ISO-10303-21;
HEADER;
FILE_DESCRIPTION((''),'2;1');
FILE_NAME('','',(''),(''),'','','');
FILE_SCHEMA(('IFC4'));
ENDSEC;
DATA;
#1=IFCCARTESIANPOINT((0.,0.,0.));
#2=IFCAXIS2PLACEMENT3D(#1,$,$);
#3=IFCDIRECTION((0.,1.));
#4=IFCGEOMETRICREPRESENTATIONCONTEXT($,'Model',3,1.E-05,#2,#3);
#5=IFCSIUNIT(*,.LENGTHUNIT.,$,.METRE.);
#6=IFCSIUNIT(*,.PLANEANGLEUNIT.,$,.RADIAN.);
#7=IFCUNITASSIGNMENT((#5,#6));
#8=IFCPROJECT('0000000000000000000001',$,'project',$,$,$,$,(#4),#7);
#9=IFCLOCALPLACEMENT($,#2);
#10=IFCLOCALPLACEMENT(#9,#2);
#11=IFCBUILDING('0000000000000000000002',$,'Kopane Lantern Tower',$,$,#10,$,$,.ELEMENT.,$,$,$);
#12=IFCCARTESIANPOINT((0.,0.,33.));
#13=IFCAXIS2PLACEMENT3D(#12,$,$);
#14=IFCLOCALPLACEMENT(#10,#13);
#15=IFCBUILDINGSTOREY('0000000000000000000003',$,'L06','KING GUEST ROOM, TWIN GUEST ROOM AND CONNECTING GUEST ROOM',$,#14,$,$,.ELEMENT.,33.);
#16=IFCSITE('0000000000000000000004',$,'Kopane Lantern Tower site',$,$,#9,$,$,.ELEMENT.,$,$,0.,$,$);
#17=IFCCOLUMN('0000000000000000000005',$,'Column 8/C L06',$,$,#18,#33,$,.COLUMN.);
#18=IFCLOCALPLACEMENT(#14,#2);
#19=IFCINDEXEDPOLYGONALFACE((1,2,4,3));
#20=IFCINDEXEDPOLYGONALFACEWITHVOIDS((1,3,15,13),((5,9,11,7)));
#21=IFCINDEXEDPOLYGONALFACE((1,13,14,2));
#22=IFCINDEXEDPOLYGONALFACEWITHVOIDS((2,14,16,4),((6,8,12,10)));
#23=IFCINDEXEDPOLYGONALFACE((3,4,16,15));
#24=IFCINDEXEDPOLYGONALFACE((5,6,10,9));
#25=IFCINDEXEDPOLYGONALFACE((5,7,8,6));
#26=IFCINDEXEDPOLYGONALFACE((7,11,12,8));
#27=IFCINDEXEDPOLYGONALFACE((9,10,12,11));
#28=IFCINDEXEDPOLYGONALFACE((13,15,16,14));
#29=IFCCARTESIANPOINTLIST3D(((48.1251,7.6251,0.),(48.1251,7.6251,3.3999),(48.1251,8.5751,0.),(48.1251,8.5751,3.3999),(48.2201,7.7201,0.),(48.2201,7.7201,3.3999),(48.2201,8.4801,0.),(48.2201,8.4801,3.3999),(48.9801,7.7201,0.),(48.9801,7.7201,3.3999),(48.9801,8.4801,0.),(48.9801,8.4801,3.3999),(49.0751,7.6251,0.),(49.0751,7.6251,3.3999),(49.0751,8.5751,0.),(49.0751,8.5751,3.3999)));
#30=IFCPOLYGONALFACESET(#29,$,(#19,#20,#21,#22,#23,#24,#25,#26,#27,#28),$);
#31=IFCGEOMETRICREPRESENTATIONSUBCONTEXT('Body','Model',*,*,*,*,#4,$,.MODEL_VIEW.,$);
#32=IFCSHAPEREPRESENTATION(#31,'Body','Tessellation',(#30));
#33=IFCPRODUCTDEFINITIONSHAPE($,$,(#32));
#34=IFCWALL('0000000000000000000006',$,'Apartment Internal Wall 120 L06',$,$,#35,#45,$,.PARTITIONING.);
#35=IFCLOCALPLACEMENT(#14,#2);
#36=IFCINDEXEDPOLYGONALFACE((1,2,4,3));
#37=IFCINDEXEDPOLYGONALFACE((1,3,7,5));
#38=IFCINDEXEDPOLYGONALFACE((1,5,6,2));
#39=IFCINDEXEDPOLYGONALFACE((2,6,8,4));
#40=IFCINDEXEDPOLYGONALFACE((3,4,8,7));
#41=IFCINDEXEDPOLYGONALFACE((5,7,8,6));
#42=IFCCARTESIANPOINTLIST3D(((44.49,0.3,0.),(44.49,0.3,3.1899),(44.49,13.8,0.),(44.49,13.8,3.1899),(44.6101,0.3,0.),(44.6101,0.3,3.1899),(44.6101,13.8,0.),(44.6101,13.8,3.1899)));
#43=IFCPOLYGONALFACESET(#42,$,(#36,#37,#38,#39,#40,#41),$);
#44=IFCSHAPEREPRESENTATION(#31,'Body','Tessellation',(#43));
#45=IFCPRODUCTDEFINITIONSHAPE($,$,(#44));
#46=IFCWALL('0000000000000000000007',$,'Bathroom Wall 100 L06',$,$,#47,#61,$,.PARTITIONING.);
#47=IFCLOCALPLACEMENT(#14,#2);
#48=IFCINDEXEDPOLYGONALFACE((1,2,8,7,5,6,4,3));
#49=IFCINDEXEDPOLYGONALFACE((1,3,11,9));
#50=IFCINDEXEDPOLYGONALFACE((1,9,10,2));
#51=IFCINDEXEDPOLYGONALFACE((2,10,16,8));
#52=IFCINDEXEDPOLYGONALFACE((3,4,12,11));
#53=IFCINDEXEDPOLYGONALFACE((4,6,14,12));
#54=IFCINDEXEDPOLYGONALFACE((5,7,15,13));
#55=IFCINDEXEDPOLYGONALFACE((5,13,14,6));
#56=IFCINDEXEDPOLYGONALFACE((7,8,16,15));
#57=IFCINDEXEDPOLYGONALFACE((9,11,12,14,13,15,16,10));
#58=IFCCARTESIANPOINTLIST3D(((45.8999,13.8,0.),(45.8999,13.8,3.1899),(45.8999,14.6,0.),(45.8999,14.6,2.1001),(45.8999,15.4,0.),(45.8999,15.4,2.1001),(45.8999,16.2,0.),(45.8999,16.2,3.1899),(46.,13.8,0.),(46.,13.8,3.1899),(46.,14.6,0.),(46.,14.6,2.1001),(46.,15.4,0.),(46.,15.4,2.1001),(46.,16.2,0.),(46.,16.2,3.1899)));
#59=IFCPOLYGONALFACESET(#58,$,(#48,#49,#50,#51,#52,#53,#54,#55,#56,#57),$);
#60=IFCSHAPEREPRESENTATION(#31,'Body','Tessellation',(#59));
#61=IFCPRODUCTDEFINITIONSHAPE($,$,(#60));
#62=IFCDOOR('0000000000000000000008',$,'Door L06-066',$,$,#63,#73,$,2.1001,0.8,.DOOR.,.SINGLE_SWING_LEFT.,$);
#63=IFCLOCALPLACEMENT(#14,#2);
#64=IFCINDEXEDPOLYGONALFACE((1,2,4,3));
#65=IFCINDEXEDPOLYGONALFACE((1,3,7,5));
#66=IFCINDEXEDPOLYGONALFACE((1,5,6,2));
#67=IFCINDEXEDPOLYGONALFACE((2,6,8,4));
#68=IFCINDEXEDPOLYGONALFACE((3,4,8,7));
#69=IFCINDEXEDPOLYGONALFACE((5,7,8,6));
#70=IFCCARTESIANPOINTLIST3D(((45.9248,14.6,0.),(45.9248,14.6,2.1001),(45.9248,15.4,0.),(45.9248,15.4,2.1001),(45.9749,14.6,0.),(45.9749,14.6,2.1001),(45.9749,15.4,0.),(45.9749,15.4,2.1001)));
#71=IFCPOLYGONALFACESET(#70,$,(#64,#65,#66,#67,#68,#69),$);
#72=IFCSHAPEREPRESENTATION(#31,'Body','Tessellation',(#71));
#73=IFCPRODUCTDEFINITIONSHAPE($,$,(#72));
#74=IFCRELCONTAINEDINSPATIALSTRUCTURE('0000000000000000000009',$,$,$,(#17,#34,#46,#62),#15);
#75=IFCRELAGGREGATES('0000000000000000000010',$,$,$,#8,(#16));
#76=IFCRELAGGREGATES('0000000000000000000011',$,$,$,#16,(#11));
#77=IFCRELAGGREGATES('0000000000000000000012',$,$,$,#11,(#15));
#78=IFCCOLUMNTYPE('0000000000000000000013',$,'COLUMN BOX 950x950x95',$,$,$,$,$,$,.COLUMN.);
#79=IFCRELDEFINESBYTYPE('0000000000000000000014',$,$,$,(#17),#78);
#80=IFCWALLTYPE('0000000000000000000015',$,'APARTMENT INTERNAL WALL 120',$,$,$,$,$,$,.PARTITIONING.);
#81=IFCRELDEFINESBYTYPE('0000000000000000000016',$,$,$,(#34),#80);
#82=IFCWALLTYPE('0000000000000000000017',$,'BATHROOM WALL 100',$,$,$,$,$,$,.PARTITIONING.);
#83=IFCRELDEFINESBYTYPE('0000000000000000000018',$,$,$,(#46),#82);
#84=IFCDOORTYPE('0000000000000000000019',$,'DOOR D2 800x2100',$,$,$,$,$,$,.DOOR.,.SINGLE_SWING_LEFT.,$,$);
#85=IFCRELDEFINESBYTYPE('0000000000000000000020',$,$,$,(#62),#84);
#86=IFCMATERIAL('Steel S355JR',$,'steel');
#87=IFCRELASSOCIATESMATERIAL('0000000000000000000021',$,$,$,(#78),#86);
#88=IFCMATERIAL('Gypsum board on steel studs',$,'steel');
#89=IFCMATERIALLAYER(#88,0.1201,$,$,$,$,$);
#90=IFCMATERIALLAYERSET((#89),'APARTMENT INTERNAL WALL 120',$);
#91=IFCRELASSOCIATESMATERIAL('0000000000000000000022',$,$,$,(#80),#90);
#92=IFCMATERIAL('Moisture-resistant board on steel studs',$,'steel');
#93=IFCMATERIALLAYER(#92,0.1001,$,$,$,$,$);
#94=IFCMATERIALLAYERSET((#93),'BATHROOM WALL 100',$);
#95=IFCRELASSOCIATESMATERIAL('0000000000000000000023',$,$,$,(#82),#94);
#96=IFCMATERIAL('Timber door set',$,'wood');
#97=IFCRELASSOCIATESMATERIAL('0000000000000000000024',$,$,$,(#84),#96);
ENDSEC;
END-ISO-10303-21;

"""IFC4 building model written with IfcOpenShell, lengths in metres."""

from ifc_helpers import new_model, si_unit, direction, frame, frame_2d, origin, origin_2d, place, context, subcontext, project, spatial, rectangle, hollow_rectangle, extrude, material, layer, layer_set, material_profile, profile_set, type_object, element, fill, save


model = new_model("IFC4")

# Units and contexts
model_context = context("Model", 3, precision=1e-05, world=origin(), true_north=direction((0.0, 1.0)))
body_context = subcontext(model_context, "Body", "Model", "MODEL_VIEW")
ifc_project = project(units=[si_unit("LENGTHUNIT", "METRE"), si_unit("PLANEANGLEUNIT", "RADIAN")], contexts=[model_context])

# Site, building, storey
site_placement = place(None, origin())
site = spatial("IfcSite", under=ifc_project, at=site_placement, Name="Kopane Lantern Tower site", CompositionType="ELEMENT", RefElevation=0.0)
building_placement = place(site_placement, origin())
building = spatial("IfcBuilding", under=site, at=building_placement, Name="Kopane Lantern Tower", CompositionType="ELEMENT")
storey_placement = place(building_placement, frame((0.0, 0.0, 33.0)))
storey = spatial("IfcBuildingStorey", under=building, at=storey_placement, Name="L06", Description="KING GUEST ROOM, TWIN GUEST ROOM AND CONNECTING GUEST ROOM", CompositionType="ELEMENT", Elevation=33.0)

# Column
ifc_material_1 = material(Name="Steel S355JR", Category="steel")
ifc_material_profile = material_profile(ifc_material_1, hollow_rectangle(XDim=0.95, YDim=0.95, WallThickness=0.095, at=origin_2d()), Name="BOX 950x950x95")
ifc_profile_set = profile_set([ifc_material_profile], Name="Steel S355JR")
column_type = type_object("IfcColumnType", Name="COLUMN BOX 950x950x95", PredefinedType="COLUMN", material=ifc_profile_set)
column_placement = place(storey_placement, frame((48.6001, 8.1001, 0.0), z_axis=(0.0, 0.0, 1.0), x_axis=(1.0, 0.0, 0.0)))
element("IfcColumn", 1, at=column_placement, inside=storey, type_object=column_type, Name="Column 8/C L06", PredefinedType="COLUMN", context=body_context, shape_type="SweptSolid", body=[
    extrude(hollow_rectangle(XDim=0.95, YDim=0.95, WallThickness=0.095, at=origin_2d()), origin(), (0.0, 0.0, 1.0), 3.3999),
])

# Wall
ifc_material_2 = material(Name="Gypsum board on steel studs", Category="steel")
ifc_layer_1 = layer(ifc_material_2, 0.1201)
ifc_layer_set_1 = layer_set([ifc_layer_1], Name="APARTMENT INTERNAL WALL 120")
wall_type_1 = type_object("IfcWallType", Name="APARTMENT INTERNAL WALL 120", PredefinedType="PARTITIONING", material=ifc_layer_set_1)
wall_1_placement = place(storey_placement, frame((44.55, 13.8, 0.0), z_axis=(0.0, 0.0, 1.0), x_axis=(0.0, -1.0, 0.0)))
element("IfcWall", 2, at=wall_1_placement, inside=storey, type_object=wall_type_1, Name="Apartment Internal Wall 120 L06", PredefinedType="PARTITIONING", context=body_context, shape_type="SweptSolid", body=[
    extrude(rectangle(XDim=13.5, YDim=0.1201, at=frame_2d((6.75, 0.0))), origin(), (0.0, 0.0, 1.0), 3.1899),
])

# Wall, opening, door
ifc_material_3 = material(Name="Moisture-resistant board on steel studs", Category="steel")
ifc_layer_2 = layer(ifc_material_3, 0.1001)
ifc_layer_set_2 = layer_set([ifc_layer_2], Name="BATHROOM WALL 100")
wall_type_2 = type_object("IfcWallType", Name="BATHROOM WALL 100", PredefinedType="PARTITIONING", material=ifc_layer_set_2)
wall_2_placement = place(storey_placement, frame((45.95, 16.2, 0.0), z_axis=(0.0, 0.0, 1.0), x_axis=(0.0, -1.0, 0.0)))
wall_2 = element("IfcWall", 3, at=wall_2_placement, inside=storey, type_object=wall_type_2, Name="Bathroom Wall 100 L06", PredefinedType="PARTITIONING", context=body_context, shape_type="SweptSolid", body=[
    extrude(rectangle(XDim=2.3999, YDim=0.1001, at=frame_2d((1.2, 0.0))), origin(), (0.0, 0.0, 1.0), 3.1899),
])
opening_1_placement = place(wall_2_placement, frame((0.8, 0.0, 0.0)))
opening_1 = element("IfcOpeningElement", 4, at=opening_1_placement, cuts=wall_2, PredefinedType="OPENING", context=body_context, shape_type="SweptSolid", body=[
    extrude(rectangle(XDim=0.8, YDim=2.1001, at=frame_2d((0.3999, 1.05))), frame((0.0, 0.0601, 0.0), z_axis=(0.0, -1.0, 0.0), x_axis=(1.0, 0.0, 0.0)), (0.0, 0.0, 1.0), 0.1201),
])
ifc_material_4 = material(Name="Timber door set", Category="wood")
door_type_1 = type_object("IfcDoorType", Name="DOOR D2 800x2100", OperationType="SINGLE_SWING_LEFT", PredefinedType="DOOR", material=ifc_material_4)
door_1_placement = place(opening_1_placement, origin())
door_1 = element("IfcDoor", 5, at=door_1_placement, inside=storey, type_object=door_type_1, Name="Door L06-066", OperationType="SINGLE_SWING_LEFT", OverallHeight=2.1001, OverallWidth=0.8, PredefinedType="DOOR", context=body_context, shape_type="SweptSolid", body=[
    extrude(rectangle(XDim=0.8, YDim=2.1001, at=frame_2d((0.3999, 1.05))), frame((0.0, 0.0249, 0.0), z_axis=(0.0, -1.0, 0.0), x_axis=(1.0, 0.0, 0.0)), (0.0, 0.0, 1.0), 0.05),
])
fill(opening_1, door_1)

save(model, "model.ifc")
